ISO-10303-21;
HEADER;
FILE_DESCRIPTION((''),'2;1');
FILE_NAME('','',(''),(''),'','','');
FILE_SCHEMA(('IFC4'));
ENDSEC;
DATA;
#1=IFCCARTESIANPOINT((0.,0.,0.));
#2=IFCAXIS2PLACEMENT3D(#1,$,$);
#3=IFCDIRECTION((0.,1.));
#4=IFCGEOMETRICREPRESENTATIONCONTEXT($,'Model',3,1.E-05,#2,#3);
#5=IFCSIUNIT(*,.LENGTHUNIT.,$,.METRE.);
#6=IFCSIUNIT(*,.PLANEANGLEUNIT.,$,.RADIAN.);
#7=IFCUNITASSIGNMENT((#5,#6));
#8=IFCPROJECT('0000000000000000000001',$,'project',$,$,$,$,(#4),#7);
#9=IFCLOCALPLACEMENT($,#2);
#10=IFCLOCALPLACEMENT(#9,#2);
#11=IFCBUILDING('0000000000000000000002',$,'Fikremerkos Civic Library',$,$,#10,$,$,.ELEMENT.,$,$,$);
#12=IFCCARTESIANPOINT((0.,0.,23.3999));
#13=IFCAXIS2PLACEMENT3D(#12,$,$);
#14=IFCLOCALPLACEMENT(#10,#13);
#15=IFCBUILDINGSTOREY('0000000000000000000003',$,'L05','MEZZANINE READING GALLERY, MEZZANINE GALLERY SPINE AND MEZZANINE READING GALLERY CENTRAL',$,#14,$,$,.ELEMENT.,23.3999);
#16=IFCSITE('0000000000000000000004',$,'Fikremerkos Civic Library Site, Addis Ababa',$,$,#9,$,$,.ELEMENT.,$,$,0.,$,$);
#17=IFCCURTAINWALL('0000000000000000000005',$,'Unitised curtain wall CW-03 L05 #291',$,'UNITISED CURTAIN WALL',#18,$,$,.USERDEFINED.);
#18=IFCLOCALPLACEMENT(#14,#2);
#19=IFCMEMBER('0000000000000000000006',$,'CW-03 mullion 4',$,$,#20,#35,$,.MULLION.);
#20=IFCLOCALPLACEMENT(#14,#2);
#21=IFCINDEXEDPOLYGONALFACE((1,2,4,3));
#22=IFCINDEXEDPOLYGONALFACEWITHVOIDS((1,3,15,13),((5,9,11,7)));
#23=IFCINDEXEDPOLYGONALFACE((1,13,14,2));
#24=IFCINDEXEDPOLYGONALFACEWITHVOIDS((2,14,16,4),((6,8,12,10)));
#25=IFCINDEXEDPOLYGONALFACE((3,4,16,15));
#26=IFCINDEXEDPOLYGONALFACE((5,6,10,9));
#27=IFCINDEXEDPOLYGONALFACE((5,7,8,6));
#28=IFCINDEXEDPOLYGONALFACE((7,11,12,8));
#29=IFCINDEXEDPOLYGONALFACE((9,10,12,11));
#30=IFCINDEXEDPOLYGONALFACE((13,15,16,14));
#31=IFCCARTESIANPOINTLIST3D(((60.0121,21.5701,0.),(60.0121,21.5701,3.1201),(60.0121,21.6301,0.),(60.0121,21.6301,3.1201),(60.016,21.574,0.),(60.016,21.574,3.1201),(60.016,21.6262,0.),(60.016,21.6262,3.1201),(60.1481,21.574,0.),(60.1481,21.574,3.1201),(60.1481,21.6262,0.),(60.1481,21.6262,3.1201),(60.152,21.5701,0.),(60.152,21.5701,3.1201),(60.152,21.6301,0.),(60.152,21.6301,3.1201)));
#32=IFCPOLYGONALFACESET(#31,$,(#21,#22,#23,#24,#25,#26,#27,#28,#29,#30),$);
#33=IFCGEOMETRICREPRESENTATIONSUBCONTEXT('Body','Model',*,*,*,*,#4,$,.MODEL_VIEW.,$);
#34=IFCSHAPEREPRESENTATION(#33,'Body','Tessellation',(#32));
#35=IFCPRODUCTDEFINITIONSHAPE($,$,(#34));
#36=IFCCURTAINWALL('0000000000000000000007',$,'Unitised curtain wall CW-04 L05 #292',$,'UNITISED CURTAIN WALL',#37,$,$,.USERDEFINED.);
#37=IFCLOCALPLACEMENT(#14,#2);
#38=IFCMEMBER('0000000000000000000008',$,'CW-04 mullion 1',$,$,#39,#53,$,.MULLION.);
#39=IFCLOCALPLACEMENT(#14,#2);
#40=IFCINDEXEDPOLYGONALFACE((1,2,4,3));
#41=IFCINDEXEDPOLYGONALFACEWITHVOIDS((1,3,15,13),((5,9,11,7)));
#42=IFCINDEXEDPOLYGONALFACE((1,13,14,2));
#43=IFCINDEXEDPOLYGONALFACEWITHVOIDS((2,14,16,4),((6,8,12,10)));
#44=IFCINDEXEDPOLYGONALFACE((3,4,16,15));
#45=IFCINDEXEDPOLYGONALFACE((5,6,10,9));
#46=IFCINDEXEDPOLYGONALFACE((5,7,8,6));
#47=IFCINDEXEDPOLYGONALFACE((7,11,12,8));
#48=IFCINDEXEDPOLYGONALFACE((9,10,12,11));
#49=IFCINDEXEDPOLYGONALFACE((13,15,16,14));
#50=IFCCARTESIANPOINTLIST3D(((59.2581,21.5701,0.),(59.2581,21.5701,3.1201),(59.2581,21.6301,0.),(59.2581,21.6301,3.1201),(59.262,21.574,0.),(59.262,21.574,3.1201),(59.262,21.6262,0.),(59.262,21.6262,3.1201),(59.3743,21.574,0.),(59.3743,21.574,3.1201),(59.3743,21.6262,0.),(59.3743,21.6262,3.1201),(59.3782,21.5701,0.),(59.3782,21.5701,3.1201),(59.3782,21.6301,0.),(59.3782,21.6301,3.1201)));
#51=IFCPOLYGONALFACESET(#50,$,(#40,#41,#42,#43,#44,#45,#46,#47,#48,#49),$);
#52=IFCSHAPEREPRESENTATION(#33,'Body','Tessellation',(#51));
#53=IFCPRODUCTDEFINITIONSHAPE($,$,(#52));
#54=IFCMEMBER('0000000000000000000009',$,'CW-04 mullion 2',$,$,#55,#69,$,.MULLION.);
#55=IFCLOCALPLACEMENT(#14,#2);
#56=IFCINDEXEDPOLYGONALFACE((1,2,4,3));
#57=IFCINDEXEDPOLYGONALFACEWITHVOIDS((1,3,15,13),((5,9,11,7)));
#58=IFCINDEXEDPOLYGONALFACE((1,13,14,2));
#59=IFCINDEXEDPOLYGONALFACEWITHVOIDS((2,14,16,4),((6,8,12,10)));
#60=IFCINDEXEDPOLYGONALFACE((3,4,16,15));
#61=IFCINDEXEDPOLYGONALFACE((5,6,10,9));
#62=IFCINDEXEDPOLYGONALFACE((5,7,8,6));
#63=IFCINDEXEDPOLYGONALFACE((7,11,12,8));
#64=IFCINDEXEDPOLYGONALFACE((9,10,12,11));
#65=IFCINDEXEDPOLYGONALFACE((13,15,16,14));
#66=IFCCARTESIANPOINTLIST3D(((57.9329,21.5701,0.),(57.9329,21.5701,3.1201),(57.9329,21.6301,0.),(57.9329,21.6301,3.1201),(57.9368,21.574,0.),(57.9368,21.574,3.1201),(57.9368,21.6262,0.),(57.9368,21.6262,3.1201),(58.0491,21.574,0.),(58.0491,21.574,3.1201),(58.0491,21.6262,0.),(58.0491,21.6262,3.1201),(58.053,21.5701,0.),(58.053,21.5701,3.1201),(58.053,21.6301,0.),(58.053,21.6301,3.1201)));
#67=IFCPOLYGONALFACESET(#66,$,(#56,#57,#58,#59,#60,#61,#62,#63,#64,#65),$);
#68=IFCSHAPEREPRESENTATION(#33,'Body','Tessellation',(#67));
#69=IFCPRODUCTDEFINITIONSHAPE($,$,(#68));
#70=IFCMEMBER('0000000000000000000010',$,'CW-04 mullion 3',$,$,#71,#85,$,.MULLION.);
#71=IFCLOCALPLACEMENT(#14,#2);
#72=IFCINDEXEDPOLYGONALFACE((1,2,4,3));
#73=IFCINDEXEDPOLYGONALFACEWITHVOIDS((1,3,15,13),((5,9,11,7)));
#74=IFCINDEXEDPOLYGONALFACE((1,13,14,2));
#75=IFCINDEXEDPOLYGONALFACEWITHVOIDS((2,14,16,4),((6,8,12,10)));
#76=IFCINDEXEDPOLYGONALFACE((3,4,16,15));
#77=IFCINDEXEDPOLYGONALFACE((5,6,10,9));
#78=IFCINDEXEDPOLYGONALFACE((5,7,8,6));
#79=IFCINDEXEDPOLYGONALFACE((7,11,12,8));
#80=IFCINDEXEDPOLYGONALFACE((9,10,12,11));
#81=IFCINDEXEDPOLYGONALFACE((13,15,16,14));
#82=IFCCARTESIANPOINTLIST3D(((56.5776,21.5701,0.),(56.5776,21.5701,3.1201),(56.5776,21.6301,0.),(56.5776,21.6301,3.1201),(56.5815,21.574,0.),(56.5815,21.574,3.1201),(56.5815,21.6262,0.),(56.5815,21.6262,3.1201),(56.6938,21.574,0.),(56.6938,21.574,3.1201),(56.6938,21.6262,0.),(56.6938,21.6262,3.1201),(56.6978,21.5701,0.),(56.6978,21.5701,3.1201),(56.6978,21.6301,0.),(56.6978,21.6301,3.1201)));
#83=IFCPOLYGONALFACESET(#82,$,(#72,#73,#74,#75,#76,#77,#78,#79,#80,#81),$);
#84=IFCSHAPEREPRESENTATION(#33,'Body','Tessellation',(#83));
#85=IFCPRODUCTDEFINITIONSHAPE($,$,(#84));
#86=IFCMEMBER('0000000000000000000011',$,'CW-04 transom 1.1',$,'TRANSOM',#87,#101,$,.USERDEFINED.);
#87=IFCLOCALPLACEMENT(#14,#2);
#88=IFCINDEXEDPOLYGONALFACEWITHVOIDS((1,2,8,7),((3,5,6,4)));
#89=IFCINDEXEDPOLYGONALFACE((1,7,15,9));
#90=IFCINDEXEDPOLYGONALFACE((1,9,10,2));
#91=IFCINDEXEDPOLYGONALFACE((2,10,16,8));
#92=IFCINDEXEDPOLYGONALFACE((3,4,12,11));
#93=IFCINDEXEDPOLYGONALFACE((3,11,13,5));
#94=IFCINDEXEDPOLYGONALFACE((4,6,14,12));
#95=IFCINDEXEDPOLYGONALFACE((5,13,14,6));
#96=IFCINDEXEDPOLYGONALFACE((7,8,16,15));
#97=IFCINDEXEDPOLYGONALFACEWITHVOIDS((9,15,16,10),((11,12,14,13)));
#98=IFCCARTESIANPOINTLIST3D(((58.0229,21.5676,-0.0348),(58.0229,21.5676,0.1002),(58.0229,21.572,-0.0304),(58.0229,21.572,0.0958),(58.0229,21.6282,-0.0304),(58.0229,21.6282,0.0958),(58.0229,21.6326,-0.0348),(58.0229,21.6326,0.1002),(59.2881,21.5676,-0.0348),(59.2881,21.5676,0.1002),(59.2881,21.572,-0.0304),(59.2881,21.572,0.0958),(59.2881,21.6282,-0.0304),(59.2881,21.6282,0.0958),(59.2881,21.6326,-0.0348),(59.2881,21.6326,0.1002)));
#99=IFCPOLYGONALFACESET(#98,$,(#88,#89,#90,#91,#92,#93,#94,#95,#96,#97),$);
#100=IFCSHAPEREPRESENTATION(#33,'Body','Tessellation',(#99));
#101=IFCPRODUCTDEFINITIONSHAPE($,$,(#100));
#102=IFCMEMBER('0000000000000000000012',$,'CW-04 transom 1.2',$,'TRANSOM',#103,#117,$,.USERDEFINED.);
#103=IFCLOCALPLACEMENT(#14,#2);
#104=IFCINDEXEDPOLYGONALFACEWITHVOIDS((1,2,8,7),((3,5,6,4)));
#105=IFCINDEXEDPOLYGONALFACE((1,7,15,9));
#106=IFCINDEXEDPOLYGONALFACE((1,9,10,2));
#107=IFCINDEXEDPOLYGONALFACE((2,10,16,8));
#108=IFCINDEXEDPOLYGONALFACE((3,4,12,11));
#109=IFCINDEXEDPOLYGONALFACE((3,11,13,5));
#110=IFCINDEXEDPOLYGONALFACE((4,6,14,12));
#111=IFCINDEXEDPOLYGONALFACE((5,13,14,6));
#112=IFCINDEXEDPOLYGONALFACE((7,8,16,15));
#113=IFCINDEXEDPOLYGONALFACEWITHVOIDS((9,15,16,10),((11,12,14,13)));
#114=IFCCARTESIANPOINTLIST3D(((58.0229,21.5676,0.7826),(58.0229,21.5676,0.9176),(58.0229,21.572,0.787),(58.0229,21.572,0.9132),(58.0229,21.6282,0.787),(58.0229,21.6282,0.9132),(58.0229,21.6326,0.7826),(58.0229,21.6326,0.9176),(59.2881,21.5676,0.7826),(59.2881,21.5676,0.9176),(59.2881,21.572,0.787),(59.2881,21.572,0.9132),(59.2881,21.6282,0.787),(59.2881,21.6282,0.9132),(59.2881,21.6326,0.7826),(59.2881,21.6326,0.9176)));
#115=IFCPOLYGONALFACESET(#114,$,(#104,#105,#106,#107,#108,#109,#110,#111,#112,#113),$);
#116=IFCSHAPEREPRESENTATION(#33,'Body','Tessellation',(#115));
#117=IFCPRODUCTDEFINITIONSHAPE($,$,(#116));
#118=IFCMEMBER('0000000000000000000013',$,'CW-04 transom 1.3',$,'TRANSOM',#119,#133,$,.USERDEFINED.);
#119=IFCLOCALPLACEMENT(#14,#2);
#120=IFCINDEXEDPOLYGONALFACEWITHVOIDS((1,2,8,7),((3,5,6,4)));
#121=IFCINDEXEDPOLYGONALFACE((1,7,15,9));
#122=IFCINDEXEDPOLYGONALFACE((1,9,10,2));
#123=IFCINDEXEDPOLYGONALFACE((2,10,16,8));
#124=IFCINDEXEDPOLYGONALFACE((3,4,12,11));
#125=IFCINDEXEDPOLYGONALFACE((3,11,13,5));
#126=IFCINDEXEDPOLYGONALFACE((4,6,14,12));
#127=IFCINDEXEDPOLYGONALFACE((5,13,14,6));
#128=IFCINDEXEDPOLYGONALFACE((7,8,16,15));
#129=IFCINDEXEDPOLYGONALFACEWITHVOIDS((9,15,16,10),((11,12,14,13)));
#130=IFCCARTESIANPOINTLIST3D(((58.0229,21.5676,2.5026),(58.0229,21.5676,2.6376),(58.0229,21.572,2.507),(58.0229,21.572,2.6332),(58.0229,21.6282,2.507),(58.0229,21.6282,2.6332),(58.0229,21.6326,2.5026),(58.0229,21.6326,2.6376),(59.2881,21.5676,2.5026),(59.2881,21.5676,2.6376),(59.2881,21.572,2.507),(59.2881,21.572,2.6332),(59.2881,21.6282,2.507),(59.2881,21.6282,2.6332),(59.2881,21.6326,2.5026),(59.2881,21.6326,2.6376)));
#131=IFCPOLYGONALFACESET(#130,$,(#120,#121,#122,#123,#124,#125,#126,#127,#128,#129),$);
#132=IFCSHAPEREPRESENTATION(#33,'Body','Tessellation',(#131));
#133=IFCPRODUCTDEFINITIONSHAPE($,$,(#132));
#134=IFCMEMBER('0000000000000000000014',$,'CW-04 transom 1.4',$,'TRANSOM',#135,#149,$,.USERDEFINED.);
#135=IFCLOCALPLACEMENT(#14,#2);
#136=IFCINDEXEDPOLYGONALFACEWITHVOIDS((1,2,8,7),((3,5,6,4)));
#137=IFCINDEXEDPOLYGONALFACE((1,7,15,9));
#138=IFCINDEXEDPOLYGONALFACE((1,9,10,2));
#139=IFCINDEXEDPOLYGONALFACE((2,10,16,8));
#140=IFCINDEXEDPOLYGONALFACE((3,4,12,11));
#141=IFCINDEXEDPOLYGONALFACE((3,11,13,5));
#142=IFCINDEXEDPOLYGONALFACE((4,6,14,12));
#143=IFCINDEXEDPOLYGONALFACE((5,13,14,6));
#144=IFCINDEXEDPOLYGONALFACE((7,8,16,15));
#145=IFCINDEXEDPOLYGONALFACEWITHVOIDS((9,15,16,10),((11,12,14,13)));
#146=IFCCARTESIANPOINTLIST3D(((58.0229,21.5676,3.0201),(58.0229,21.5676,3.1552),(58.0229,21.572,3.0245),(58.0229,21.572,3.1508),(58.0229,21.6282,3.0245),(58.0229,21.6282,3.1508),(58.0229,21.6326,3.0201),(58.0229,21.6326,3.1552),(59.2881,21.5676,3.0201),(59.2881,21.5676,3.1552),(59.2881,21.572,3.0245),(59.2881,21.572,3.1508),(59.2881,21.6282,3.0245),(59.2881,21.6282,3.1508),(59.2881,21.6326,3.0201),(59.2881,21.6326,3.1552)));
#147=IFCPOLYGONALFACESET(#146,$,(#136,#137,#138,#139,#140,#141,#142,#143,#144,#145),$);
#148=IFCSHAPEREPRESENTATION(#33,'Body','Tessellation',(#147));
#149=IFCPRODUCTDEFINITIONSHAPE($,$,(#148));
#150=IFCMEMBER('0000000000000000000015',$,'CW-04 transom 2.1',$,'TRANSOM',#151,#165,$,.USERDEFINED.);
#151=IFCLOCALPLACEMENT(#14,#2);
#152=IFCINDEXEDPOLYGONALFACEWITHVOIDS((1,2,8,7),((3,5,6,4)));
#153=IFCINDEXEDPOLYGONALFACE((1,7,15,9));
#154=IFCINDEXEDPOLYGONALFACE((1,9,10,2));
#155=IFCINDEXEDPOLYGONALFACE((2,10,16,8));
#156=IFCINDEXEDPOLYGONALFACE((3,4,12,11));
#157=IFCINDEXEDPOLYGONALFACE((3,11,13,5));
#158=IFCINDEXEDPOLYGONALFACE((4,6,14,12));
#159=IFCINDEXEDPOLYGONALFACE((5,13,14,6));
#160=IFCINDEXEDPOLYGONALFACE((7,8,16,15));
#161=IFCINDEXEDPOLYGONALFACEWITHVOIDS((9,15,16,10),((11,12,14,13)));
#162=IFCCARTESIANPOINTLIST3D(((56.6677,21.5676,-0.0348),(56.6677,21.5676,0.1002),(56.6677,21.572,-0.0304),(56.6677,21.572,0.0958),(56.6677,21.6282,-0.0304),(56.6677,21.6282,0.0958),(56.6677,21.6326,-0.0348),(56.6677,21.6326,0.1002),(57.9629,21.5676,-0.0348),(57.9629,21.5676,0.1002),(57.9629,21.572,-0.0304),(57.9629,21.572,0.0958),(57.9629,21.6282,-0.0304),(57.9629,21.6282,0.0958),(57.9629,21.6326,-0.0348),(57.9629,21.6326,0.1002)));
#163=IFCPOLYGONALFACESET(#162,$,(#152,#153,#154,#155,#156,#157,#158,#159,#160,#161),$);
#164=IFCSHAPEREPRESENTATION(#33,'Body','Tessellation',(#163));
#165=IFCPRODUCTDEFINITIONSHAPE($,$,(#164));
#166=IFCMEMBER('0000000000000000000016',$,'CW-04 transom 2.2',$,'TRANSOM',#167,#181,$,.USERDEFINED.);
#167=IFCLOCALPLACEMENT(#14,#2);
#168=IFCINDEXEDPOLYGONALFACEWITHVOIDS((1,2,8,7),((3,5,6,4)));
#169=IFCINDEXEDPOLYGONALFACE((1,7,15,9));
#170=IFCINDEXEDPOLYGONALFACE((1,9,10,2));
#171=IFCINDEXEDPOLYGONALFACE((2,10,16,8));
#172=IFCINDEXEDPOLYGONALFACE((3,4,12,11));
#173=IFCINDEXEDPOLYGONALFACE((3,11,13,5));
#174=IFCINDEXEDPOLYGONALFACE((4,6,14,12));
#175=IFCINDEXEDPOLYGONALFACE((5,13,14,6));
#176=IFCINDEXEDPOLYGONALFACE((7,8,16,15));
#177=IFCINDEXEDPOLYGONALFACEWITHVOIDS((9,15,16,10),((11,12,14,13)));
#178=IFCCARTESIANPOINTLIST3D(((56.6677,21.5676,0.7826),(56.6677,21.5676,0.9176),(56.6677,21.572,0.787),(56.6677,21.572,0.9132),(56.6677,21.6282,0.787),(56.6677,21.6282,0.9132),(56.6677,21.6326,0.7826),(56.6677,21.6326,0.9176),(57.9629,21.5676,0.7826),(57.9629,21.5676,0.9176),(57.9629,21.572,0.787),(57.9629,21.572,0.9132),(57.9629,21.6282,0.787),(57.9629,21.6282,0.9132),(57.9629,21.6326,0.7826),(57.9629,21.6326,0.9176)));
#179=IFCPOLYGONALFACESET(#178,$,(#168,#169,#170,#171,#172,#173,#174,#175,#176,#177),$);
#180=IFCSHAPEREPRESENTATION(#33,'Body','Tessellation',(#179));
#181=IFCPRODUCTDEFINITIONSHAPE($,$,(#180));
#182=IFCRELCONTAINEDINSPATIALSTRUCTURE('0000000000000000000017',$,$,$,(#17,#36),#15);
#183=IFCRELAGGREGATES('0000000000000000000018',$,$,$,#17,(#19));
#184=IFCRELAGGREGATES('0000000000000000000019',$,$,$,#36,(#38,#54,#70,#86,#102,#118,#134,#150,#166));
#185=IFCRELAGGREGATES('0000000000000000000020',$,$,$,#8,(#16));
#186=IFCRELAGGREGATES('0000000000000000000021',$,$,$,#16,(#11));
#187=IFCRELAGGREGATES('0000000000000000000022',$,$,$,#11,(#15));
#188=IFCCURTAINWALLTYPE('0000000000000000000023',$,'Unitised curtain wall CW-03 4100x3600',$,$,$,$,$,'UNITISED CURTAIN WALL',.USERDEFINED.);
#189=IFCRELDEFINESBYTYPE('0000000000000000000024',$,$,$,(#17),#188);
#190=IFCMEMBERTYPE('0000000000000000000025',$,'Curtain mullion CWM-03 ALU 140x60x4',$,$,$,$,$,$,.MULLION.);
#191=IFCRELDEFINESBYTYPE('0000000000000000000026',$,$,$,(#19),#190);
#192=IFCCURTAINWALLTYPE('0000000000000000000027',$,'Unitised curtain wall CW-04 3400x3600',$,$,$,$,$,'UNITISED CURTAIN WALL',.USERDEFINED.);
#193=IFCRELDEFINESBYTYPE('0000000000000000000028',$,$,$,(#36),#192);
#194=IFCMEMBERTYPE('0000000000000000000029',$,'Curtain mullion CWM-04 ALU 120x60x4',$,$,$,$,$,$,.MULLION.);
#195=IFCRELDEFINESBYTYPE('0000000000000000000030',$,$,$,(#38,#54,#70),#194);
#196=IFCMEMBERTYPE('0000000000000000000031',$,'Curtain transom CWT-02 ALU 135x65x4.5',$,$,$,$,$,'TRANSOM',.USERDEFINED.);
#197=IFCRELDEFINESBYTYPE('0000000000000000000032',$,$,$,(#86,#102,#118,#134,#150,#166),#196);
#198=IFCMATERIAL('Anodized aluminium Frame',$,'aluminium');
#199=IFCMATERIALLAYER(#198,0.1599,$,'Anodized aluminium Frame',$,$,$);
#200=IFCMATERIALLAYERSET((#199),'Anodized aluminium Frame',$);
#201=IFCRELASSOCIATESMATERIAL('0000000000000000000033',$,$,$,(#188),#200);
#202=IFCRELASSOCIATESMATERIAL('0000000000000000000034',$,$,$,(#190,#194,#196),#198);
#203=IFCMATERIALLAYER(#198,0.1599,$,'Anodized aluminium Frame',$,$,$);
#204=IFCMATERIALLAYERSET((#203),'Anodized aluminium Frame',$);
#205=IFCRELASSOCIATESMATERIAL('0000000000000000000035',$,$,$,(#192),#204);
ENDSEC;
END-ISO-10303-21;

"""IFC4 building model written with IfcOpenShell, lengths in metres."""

from ifc_helpers import new_model, si_unit, direction, frame, origin, origin_2d, place, context, subcontext, project, spatial, hollow_rectangle, extrude, material, layer, layer_set, material_profile, profile_set, type_object, element, aggregate, save


model = new_model("IFC4")

# Units and contexts
model_context = context("Model", 3, precision=1e-05, world=origin(), true_north=direction((0.0, 1.0)))
body_context = subcontext(model_context, "Body", "Model", "MODEL_VIEW")
ifc_project = project(units=[si_unit("LENGTHUNIT", "METRE"), si_unit("PLANEANGLEUNIT", "RADIAN")], contexts=[model_context])

# Site, building, storey
site_placement = place(None, origin())
site = spatial("IfcSite", under=ifc_project, at=site_placement, Name="Fikremerkos Civic Library Site, Addis Ababa", CompositionType="ELEMENT", RefElevation=0.0)
building_placement = place(site_placement, origin())
building = spatial("IfcBuilding", under=site, at=building_placement, Name="Fikremerkos Civic Library", CompositionType="ELEMENT")
storey_placement = place(building_placement, frame((0.0, 0.0, 23.3999)))
storey = spatial("IfcBuildingStorey", under=building, at=storey_placement, Name="L05", Description="MEZZANINE READING GALLERY, MEZZANINE GALLERY SPINE AND MEZZANINE READING GALLERY CENTRAL", CompositionType="ELEMENT", Elevation=23.3999)

# Curtain wall, member
ifc_material_1 = material(Name="Anodized aluminium Frame", Category="aluminium")
ifc_layer_1 = layer(ifc_material_1, 0.1599, Name="Anodized aluminium Frame")
ifc_layer_set_1 = layer_set([ifc_layer_1], Name="Anodized aluminium Frame")
curtain_wall_type_1 = type_object("IfcCurtainWallType", Name="Unitised curtain wall CW-03 4100x3600", ElementType="UNITISED CURTAIN WALL", PredefinedType="USERDEFINED", material=ifc_layer_set_1)
curtain_wall_1_placement = place(storey_placement, origin())
curtain_wall_1 = element("IfcCurtainWall", 1, at=curtain_wall_1_placement, inside=storey, type_object=curtain_wall_type_1, Name="Unitised curtain wall CW-03 L05 #291", ObjectType="UNITISED CURTAIN WALL", PredefinedType="USERDEFINED")
ifc_material_profile_1 = material_profile(ifc_material_1, hollow_rectangle(XDim=0.0601, YDim=0.1399, WallThickness=0.0039, at=origin_2d()), Name="ALU 140x60x4")
ifc_profile_set_1 = profile_set([ifc_material_profile_1], Name="Anodized aluminium Frame")
member_type_1 = type_object("IfcMemberType", Name="Curtain mullion CWM-03 ALU 140x60x4", PredefinedType="MULLION", material=ifc_profile_set_1)
member_1_placement = place(storey_placement, frame((60.082, 21.6001, 0.0), z_axis=(0.0, 0.0, 1.0), x_axis=(0.0, -1.0, 0.0)))
member_1 = element("IfcMember", 2, at=member_1_placement, type_object=member_type_1, Name="CW-03 mullion 4", PredefinedType="MULLION", context=body_context, shape_type="SweptSolid", body=[
    extrude(hollow_rectangle(XDim=0.0601, YDim=0.1399, WallThickness=0.0039, at=origin_2d()), origin(), (0.0, 0.0, 1.0), 3.1201),
])

# Curtain wall, members
ifc_layer_2 = layer(ifc_material_1, 0.1599, Name="Anodized aluminium Frame")
ifc_layer_set_2 = layer_set([ifc_layer_2], Name="Anodized aluminium Frame")
curtain_wall_type_2 = type_object("IfcCurtainWallType", Name="Unitised curtain wall CW-04 3400x3600", ElementType="UNITISED CURTAIN WALL", PredefinedType="USERDEFINED", material=ifc_layer_set_2)
curtain_wall_2_placement = place(storey_placement, origin())
curtain_wall_2 = element("IfcCurtainWall", 3, at=curtain_wall_2_placement, inside=storey, type_object=curtain_wall_type_2, Name="Unitised curtain wall CW-04 L05 #292", ObjectType="UNITISED CURTAIN WALL", PredefinedType="USERDEFINED")
ifc_material_profile_2 = material_profile(ifc_material_1, hollow_rectangle(XDim=0.0601, YDim=0.1201, WallThickness=0.0039, at=origin_2d()), Name="ALU 120x60x4")
ifc_profile_set_2 = profile_set([ifc_material_profile_2], Name="Anodized aluminium Frame")
member_type_2 = type_object("IfcMemberType", Name="Curtain mullion CWM-04 ALU 120x60x4", PredefinedType="MULLION", material=ifc_profile_set_2)
member_2_placement = place(storey_placement, frame((59.3181, 21.6001, 0.0), z_axis=(0.0, 0.0, 1.0), x_axis=(0.0, -1.0, 0.0)))
member_2 = element("IfcMember", 4, at=member_2_placement, type_object=member_type_2, Name="CW-04 mullion 1", PredefinedType="MULLION", context=body_context, shape_type="SweptSolid", body=[
    extrude(hollow_rectangle(XDim=0.0601, YDim=0.1201, WallThickness=0.0039, at=origin_2d()), origin(), (0.0, 0.0, 1.0), 3.1201),
])
member_3_placement = place(storey_placement, frame((57.9929, 21.6001, 0.0), z_axis=(0.0, 0.0, 1.0), x_axis=(0.0, -1.0, 0.0)))
member_3 = element("IfcMember", 5, at=member_3_placement, type_object=member_type_2, Name="CW-04 mullion 2", PredefinedType="MULLION", context=body_context, shape_type="SweptSolid", body=[
    extrude(hollow_rectangle(XDim=0.0601, YDim=0.1201, WallThickness=0.0039, at=origin_2d()), origin(), (0.0, 0.0, 1.0), 3.1201),
])
member_4_placement = place(storey_placement, frame((56.6377, 21.6001, 0.0), z_axis=(0.0, 0.0, 1.0), x_axis=(0.0, -1.0, 0.0)))
member_4 = element("IfcMember", 6, at=member_4_placement, type_object=member_type_2, Name="CW-04 mullion 3", PredefinedType="MULLION", context=body_context, shape_type="SweptSolid", body=[
    extrude(hollow_rectangle(XDim=0.0601, YDim=0.1201, WallThickness=0.0039, at=origin_2d()), origin(), (0.0, 0.0, 1.0), 3.1201),
])
ifc_material_profile_3 = material_profile(ifc_material_1, hollow_rectangle(XDim=0.0649, YDim=0.135, WallThickness=0.0044, at=origin_2d()), Name="ALU 135x65x4.5")
ifc_profile_set_3 = profile_set([ifc_material_profile_3], Name="Anodized aluminium Frame")
member_type_3 = type_object("IfcMemberType", Name="Curtain transom CWT-02 ALU 135x65x4.5", ElementType="TRANSOM", PredefinedType="USERDEFINED", material=ifc_profile_set_3)
member_5_placement = place(storey_placement, frame((59.2881, 21.6001, 0.0327), z_axis=(-1.0, 0.0, 0.0), x_axis=(0.0, -1.0, 0.0)))
member_5 = element("IfcMember", 7, at=member_5_placement, type_object=member_type_3, Name="CW-04 transom 1.1", ObjectType="TRANSOM", PredefinedType="USERDEFINED", context=body_context, shape_type="SweptSolid", body=[
    extrude(hollow_rectangle(XDim=0.0649, YDim=0.135, WallThickness=0.0044, at=origin_2d()), origin(), (0.0, 0.0, 1.0), 1.2651),
])
member_6_placement = place(storey_placement, frame((59.2881, 21.6001, 0.8501), z_axis=(-1.0, 0.0, 0.0), x_axis=(0.0, -1.0, 0.0)))
member_6 = element("IfcMember", 8, at=member_6_placement, type_object=member_type_3, Name="CW-04 transom 1.2", ObjectType="TRANSOM", PredefinedType="USERDEFINED", context=body_context, shape_type="SweptSolid", body=[
    extrude(hollow_rectangle(XDim=0.0649, YDim=0.135, WallThickness=0.0044, at=origin_2d()), origin(), (0.0, 0.0, 1.0), 1.2651),
])
member_7_placement = place(storey_placement, frame((59.2881, 21.6001, 2.5701), z_axis=(-1.0, 0.0, 0.0), x_axis=(0.0, -1.0, 0.0)))
member_7 = element("IfcMember", 9, at=member_7_placement, type_object=member_type_3, Name="CW-04 transom 1.3", ObjectType="TRANSOM", PredefinedType="USERDEFINED", context=body_context, shape_type="SweptSolid", body=[
    extrude(hollow_rectangle(XDim=0.0649, YDim=0.135, WallThickness=0.0044, at=origin_2d()), origin(), (0.0, 0.0, 1.0), 1.2651),
])
member_8_placement = place(storey_placement, frame((59.2881, 21.6001, 3.0876), z_axis=(-1.0, 0.0, 0.0), x_axis=(0.0, -1.0, 0.0)))
member_8 = element("IfcMember", 10, at=member_8_placement, type_object=member_type_3, Name="CW-04 transom 1.4", ObjectType="TRANSOM", PredefinedType="USERDEFINED", context=body_context, shape_type="SweptSolid", body=[
    extrude(hollow_rectangle(XDim=0.0649, YDim=0.135, WallThickness=0.0044, at=origin_2d()), origin(), (0.0, 0.0, 1.0), 1.2651),
])
member_9_placement = place(storey_placement, frame((57.9629, 21.6001, 0.0327), z_axis=(-1.0, 0.0, 0.0), x_axis=(0.0, -1.0, 0.0)))
member_9 = element("IfcMember", 11, at=member_9_placement, type_object=member_type_3, Name="CW-04 transom 2.1", ObjectType="TRANSOM", PredefinedType="USERDEFINED", context=body_context, shape_type="SweptSolid", body=[
    extrude(hollow_rectangle(XDim=0.0649, YDim=0.135, WallThickness=0.0044, at=origin_2d()), origin(), (0.0, 0.0, 1.0), 1.2952),
])
member_10_placement = place(storey_placement, frame((57.9629, 21.6001, 0.8501), z_axis=(-1.0, 0.0, 0.0), x_axis=(0.0, -1.0, 0.0)))
member_10 = element("IfcMember", 12, at=member_10_placement, type_object=member_type_3, Name="CW-04 transom 2.2", ObjectType="TRANSOM", PredefinedType="USERDEFINED", context=body_context, shape_type="SweptSolid", body=[
    extrude(hollow_rectangle(XDim=0.0649, YDim=0.135, WallThickness=0.0044, at=origin_2d()), origin(), (0.0, 0.0, 1.0), 1.2952),
])

aggregate(curtain_wall_1, [member_1])
aggregate(curtain_wall_2, [member_2, member_3, member_4, member_5, member_6, member_7, member_8, member_9, member_10])

save(model, "model.ifc")
